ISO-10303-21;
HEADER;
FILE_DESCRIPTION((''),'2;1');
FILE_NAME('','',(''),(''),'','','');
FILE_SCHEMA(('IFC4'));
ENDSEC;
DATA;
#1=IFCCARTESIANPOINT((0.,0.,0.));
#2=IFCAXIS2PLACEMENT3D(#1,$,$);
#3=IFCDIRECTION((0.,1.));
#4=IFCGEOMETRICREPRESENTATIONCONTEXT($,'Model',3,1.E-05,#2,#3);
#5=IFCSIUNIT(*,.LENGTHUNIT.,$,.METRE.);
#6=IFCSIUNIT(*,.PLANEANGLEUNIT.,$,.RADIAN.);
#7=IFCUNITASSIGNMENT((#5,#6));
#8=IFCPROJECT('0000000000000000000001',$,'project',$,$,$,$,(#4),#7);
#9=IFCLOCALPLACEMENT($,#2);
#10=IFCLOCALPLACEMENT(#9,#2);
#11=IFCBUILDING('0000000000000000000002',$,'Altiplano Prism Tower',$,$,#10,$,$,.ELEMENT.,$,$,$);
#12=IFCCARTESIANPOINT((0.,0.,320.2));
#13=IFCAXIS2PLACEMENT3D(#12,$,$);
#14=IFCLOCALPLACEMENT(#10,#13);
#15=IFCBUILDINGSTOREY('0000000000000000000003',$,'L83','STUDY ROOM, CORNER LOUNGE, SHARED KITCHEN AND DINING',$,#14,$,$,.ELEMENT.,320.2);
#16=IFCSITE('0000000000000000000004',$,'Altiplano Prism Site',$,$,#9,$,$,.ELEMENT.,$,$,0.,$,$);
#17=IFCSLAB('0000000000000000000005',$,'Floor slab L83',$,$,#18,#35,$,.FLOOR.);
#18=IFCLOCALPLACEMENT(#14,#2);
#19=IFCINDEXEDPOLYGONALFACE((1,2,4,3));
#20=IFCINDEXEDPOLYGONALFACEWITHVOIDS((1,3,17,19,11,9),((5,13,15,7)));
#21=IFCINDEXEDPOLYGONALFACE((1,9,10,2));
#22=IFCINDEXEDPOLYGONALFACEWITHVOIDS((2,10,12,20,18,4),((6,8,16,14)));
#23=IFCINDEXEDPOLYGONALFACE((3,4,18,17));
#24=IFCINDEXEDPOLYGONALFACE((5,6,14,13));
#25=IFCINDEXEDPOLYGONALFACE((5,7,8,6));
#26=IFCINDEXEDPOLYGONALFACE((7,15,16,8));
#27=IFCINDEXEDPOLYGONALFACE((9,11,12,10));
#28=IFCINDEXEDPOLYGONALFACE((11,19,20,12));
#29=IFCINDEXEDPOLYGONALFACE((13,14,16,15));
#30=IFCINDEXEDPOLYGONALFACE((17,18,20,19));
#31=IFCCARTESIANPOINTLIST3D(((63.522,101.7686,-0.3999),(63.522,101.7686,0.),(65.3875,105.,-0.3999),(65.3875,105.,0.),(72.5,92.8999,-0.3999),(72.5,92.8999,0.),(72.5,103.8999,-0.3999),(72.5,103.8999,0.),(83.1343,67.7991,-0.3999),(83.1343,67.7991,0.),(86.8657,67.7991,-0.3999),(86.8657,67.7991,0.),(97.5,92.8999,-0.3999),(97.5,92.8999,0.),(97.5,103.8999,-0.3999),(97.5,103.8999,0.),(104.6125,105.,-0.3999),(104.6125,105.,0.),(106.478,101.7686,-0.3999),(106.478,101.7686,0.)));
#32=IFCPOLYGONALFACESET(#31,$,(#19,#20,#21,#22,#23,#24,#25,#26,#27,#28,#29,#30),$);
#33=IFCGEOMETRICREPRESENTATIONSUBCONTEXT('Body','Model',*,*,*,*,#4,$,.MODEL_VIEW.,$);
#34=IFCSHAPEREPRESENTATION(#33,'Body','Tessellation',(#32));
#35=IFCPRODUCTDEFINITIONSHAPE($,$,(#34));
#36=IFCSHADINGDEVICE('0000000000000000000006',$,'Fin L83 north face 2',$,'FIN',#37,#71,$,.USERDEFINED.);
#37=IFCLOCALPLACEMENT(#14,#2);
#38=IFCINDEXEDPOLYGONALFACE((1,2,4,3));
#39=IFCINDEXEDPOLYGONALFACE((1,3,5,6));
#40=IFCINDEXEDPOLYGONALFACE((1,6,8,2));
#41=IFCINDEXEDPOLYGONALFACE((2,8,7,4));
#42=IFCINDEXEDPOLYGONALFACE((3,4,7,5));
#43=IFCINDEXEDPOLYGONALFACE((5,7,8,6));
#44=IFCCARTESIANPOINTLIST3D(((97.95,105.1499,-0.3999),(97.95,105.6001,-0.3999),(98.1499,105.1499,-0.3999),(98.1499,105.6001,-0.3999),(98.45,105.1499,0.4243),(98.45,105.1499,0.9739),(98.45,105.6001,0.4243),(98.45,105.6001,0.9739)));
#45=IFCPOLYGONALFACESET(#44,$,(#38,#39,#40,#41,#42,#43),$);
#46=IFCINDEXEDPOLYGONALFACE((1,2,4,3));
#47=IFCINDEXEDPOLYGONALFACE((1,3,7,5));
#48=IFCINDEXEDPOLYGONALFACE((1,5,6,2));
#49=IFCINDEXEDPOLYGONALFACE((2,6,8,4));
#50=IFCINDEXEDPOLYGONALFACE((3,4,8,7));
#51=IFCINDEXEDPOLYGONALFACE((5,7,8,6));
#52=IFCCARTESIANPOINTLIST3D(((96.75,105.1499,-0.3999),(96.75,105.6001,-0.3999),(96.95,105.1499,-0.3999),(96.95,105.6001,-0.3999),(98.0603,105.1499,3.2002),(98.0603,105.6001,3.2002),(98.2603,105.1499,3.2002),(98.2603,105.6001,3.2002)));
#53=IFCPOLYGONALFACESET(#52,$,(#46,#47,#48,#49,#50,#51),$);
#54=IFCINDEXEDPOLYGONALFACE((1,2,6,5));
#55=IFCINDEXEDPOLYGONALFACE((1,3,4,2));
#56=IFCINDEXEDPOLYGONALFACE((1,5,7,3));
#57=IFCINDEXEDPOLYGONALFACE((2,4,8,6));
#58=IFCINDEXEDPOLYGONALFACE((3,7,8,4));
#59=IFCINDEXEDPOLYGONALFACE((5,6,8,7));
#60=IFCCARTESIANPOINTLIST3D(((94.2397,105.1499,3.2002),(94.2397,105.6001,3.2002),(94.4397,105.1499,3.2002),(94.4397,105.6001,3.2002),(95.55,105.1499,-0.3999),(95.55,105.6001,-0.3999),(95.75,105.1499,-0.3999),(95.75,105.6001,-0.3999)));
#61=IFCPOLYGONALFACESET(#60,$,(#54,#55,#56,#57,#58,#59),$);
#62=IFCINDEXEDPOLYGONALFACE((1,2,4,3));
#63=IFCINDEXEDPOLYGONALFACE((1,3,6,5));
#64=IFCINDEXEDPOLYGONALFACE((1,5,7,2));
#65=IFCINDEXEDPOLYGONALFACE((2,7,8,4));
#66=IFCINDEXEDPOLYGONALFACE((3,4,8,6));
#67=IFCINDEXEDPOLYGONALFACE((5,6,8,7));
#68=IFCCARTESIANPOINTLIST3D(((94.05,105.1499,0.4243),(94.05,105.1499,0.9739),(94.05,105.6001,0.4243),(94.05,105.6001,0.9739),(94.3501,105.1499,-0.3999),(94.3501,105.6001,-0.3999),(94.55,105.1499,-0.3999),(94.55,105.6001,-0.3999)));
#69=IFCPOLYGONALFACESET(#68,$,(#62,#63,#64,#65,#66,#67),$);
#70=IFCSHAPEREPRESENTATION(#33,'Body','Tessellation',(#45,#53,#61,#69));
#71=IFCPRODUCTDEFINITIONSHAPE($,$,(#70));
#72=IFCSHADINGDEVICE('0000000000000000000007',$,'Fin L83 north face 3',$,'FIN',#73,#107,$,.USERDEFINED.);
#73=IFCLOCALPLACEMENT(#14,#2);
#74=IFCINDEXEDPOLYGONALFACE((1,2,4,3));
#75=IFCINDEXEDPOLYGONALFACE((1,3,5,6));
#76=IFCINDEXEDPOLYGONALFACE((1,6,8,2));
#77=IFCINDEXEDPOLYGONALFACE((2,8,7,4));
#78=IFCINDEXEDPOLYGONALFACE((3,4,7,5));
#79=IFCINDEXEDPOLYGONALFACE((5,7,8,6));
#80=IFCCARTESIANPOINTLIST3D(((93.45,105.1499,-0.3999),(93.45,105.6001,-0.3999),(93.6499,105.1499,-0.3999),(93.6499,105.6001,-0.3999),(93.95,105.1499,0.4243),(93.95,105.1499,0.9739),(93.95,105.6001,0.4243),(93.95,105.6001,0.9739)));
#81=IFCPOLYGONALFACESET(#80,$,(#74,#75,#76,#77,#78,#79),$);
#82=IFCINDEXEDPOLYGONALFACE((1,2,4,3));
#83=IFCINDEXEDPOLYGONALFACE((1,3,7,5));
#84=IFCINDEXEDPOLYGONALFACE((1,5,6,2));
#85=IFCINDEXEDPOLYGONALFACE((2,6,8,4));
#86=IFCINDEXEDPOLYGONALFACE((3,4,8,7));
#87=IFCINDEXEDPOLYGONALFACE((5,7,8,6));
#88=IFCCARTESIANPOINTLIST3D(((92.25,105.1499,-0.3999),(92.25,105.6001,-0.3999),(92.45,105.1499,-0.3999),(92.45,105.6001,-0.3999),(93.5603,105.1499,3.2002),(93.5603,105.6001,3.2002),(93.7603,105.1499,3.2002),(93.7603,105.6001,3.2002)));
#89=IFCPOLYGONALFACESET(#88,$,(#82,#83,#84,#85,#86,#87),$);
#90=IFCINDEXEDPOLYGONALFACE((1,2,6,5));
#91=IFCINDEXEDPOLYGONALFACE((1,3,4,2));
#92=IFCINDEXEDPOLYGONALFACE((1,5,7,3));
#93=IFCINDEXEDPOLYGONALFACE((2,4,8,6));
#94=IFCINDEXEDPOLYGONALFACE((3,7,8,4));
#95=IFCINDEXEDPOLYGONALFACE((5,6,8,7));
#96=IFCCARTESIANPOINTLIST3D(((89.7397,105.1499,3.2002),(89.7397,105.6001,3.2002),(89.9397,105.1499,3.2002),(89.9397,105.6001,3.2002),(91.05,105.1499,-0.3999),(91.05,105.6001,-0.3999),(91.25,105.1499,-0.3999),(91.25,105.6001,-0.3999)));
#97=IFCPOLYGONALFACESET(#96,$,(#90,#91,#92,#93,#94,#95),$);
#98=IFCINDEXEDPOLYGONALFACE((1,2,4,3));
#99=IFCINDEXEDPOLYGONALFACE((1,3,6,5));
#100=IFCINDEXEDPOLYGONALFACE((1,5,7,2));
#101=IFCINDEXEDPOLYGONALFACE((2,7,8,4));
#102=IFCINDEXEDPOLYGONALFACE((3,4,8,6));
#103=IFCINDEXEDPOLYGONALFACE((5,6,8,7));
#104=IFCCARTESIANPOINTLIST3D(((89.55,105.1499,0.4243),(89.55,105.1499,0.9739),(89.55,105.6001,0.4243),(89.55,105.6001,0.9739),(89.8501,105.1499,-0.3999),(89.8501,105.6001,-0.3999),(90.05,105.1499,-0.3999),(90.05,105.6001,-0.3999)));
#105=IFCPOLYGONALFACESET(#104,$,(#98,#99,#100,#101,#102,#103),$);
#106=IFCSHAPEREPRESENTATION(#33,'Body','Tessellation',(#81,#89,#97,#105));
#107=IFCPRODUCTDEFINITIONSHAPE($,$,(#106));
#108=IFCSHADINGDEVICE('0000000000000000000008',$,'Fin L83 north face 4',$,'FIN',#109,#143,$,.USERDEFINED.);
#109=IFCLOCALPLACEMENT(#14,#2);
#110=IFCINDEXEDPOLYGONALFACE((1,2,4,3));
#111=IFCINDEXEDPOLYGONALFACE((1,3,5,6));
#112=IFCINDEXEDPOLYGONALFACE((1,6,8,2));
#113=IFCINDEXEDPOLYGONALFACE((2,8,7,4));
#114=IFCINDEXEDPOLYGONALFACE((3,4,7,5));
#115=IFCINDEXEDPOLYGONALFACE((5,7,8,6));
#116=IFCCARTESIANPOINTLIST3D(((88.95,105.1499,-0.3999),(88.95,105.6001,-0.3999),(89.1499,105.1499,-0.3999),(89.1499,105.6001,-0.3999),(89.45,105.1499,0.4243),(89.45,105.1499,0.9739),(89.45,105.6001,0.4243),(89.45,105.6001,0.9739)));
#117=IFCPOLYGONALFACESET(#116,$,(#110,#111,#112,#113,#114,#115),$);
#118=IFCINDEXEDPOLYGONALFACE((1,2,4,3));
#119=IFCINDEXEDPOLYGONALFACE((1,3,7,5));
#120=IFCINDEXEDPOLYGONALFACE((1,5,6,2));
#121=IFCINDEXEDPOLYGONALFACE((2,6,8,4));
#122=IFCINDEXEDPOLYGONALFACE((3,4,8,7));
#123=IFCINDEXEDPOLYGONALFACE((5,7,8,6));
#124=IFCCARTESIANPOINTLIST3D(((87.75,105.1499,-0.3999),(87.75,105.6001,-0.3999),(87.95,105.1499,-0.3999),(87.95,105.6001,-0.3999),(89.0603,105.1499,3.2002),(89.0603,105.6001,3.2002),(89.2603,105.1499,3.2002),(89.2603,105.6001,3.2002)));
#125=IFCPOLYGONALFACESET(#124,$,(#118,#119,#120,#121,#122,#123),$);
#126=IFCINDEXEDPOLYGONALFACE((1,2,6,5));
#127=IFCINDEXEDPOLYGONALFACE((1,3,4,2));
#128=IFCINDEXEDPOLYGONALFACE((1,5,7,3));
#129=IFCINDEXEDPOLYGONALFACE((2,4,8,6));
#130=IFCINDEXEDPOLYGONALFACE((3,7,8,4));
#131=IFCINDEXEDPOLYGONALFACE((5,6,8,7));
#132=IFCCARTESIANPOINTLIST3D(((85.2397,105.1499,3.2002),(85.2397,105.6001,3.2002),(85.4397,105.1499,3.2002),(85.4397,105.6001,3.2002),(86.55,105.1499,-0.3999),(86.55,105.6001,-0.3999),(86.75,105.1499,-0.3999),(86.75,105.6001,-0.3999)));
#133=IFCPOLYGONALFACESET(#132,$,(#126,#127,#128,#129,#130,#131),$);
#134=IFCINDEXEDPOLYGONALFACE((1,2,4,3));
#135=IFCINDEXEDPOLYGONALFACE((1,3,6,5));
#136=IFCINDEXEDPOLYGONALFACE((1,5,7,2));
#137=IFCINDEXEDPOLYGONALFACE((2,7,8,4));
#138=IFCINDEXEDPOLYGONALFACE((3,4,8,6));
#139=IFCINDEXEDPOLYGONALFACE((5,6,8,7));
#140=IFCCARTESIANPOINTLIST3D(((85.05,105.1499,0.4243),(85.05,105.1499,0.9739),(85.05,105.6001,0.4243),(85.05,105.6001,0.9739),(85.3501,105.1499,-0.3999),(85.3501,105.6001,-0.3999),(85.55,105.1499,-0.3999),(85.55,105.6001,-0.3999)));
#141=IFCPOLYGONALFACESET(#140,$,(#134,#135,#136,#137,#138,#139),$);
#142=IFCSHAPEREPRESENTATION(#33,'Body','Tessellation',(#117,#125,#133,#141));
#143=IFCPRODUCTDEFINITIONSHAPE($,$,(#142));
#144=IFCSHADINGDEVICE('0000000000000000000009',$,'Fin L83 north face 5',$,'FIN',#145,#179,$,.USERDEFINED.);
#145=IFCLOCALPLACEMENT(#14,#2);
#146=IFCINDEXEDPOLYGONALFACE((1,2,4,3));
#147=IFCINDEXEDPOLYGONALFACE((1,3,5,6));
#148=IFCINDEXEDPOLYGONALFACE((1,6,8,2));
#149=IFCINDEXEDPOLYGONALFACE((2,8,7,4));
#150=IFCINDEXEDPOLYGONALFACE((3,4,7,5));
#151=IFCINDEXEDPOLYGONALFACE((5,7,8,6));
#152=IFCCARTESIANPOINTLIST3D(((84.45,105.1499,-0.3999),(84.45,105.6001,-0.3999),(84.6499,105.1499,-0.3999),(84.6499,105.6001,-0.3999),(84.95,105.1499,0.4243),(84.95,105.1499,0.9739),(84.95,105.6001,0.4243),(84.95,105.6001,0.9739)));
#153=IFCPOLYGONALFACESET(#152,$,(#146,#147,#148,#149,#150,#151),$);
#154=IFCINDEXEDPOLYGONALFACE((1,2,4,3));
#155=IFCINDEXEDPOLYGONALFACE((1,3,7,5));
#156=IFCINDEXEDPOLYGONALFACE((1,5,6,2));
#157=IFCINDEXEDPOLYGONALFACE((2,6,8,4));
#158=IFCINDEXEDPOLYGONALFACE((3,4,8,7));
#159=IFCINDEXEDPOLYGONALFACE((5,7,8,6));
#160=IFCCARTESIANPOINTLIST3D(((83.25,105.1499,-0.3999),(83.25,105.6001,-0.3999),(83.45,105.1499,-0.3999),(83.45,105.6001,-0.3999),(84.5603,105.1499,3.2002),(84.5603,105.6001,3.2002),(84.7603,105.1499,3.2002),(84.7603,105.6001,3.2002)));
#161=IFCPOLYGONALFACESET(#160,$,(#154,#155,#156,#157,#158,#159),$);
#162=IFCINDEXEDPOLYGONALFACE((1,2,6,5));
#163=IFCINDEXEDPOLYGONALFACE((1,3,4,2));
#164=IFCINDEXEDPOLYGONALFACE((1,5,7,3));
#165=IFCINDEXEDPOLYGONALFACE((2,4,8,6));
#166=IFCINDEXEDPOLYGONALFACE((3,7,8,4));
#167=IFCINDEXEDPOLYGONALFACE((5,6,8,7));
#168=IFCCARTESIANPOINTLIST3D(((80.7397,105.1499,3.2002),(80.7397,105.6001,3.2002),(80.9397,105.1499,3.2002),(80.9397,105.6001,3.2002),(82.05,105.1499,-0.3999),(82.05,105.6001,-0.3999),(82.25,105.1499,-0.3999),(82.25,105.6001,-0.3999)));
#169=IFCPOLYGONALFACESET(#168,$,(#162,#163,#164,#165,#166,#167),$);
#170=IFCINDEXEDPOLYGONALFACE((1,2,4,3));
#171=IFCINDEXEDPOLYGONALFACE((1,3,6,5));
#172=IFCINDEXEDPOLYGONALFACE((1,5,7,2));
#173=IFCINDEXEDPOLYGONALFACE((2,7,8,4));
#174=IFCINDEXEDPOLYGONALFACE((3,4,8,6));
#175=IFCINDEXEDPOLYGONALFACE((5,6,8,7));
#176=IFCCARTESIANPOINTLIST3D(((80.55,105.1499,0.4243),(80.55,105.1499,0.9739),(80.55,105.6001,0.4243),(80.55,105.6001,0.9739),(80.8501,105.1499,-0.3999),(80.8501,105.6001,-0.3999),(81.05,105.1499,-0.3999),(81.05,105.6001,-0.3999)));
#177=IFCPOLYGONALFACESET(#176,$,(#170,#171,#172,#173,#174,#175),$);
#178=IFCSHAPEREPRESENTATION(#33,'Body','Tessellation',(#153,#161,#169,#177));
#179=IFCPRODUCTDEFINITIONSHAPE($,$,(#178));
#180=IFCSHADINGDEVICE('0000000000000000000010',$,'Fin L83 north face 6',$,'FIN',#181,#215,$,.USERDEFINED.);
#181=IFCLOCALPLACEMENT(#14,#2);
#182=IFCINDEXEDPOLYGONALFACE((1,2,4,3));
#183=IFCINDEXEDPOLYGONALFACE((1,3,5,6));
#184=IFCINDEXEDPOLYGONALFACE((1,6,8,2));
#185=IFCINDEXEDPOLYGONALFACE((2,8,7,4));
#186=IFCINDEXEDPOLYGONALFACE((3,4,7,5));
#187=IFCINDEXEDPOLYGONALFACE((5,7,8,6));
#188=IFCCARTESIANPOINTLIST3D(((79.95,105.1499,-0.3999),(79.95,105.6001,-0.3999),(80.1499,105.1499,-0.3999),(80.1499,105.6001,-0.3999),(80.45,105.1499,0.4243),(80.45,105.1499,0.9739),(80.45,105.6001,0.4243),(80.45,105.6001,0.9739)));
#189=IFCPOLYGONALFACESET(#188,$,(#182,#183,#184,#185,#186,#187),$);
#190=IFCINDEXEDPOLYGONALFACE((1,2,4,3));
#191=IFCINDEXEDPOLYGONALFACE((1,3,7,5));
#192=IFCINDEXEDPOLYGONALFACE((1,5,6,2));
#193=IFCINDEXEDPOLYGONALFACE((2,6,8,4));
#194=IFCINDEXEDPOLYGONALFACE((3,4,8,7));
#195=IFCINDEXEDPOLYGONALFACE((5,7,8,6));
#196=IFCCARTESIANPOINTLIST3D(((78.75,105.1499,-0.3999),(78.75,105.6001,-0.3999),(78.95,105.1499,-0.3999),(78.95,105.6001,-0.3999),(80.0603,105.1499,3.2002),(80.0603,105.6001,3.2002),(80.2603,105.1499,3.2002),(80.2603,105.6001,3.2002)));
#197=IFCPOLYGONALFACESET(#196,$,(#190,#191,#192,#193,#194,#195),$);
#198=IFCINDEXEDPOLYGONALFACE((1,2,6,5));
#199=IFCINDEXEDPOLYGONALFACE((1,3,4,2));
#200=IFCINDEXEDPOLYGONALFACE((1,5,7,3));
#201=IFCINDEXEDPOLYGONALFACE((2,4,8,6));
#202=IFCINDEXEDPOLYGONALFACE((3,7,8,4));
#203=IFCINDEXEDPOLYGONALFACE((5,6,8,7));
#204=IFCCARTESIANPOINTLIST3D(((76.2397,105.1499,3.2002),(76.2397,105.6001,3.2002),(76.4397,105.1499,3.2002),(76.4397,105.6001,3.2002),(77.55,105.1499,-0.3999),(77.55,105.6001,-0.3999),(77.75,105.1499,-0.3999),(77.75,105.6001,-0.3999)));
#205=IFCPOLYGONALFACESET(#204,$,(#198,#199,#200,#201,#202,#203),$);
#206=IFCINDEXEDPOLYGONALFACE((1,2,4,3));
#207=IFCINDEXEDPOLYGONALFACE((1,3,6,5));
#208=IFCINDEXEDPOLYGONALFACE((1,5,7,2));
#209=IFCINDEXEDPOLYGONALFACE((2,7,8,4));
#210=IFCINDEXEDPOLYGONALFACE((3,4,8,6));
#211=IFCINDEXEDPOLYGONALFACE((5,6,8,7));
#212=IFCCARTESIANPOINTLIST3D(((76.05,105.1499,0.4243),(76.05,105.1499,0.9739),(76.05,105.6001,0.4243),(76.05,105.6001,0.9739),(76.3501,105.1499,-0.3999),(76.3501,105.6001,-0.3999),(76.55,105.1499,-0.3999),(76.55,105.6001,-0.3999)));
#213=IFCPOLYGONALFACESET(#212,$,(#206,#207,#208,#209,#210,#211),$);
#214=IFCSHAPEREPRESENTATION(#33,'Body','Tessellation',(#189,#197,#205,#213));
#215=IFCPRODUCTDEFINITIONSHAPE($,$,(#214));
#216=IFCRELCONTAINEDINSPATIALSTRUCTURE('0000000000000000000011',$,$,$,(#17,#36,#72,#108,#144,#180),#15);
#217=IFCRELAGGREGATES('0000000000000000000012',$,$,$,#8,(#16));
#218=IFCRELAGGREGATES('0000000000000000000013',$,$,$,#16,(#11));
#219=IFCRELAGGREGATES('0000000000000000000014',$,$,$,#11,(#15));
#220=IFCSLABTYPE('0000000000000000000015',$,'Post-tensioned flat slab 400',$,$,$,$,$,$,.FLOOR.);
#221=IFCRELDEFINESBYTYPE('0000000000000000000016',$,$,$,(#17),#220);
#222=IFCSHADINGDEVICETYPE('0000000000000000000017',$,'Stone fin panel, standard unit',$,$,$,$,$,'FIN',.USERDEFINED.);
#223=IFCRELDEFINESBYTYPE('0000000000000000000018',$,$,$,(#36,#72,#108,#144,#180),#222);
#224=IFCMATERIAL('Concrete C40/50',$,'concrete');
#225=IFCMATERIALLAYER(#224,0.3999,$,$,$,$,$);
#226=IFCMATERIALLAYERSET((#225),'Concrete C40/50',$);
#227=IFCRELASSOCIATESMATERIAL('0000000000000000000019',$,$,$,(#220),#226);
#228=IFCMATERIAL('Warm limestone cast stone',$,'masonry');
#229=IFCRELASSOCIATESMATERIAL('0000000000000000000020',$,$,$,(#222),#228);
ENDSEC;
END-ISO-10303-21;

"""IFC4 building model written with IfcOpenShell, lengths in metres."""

from ifc_helpers import new_model, si_unit, direction, frame, origin, place, context, subcontext, project, spatial, polyline, outline, extrude, source, transform, mapped, material, layer, layer_set, type_object, element, save


model = new_model("IFC4")

# Units and contexts
model_context = context("Model", 3, precision=1e-05, world=origin(), true_north=direction((0.0, 1.0)))
body_context = subcontext(model_context, "Body", "Model", "MODEL_VIEW")
ifc_project = project(units=[si_unit("LENGTHUNIT", "METRE"), si_unit("PLANEANGLEUNIT", "RADIAN")], contexts=[model_context])

# Site, building, storey
site_placement = place(None, origin())
site = spatial("IfcSite", under=ifc_project, at=site_placement, Name="Altiplano Prism Site", CompositionType="ELEMENT", RefElevation=0.0)
building_placement = place(site_placement, origin())
building = spatial("IfcBuilding", under=site, at=building_placement, Name="Altiplano Prism Tower", CompositionType="ELEMENT")
storey_placement = place(building_placement, frame((0.0, 0.0, 320.2)))
storey = spatial("IfcBuildingStorey", under=building, at=storey_placement, Name="L83", Description="STUDY ROOM, CORNER LOUNGE, SHARED KITCHEN AND DINING", CompositionType="ELEMENT", Elevation=320.2)

# Slab
ifc_material_1 = material(Name="Concrete C40/50", Category="concrete")
ifc_layer = layer(ifc_material_1, 0.3999)
ifc_layer_set = layer_set([ifc_layer], Name="Concrete C40/50")
slab_type = type_object("IfcSlabType", Name="Post-tensioned flat slab 400", PredefinedType="FLOOR", material=ifc_layer_set)
slab_placement = place(storey_placement, frame((0.0, 0.0, -0.3999)))
element("IfcSlab", 1, at=slab_placement, inside=storey, type_object=slab_type, Name="Floor slab L83", PredefinedType="FLOOR", context=body_context, shape_type="SweptSolid", body=[
    extrude(outline(polyline([(106.478, 101.7686), (86.8657, 67.7991), (83.1343, 67.7991), (63.522, 101.7686), (65.3875, 105.0), (104.6125, 105.0), (106.478, 101.7686)]), holes=[polyline([(97.5, 92.8999), (97.5, 103.8999), (72.5, 103.8999), (72.5, 92.8999), (97.5, 92.8999)])]), origin(), (0.0, 0.0, 1.0), 0.3999),
])

# Shading devices
ifc_material_2 = material(Name="Warm limestone cast stone", Category="masonry")
shading_device_type_1 = type_object("IfcShadingDeviceType", Name="Stone fin panel, standard unit", ElementType="FIN", PredefinedType="USERDEFINED", material=ifc_material_2)
shared_shape_1 = source(origin(), body_context, "Body", "SweptSolid", [
    extrude(outline(polyline([(-2.2, 1.3738), (-2.2, 0.8242), (-1.8999, 0.0), (-1.7, 0.0), (-2.2, 1.3738)])), frame((0.0, -0.1499, 0.0), z_axis=(0.0, -1.0, 0.0), x_axis=(1.0, 0.0, 0.0)), (0.0, 0.0, 1.0), 0.4502),
    extrude(outline(polyline([(-2.0103, 3.6001), (-0.7, 0.0), (-0.5, 0.0), (-1.8103, 3.6001), (-2.0103, 3.6001)])), frame((0.0, -0.1499, 0.0), z_axis=(0.0, -1.0, 0.0), x_axis=(1.0, 0.0, 0.0)), (0.0, 0.0, 1.0), 0.4502),
    extrude(outline(polyline([(1.8103, 3.6001), (0.5, 0.0), (0.7, 0.0), (2.0103, 3.6001), (1.8103, 3.6001)])), frame((0.0, -0.1499, 0.0), z_axis=(0.0, -1.0, 0.0), x_axis=(1.0, 0.0, 0.0)), (0.0, 0.0, 1.0), 0.4502),
    extrude(outline(polyline([(2.2, 0.8242), (2.2, 1.3738), (1.7, 0.0), (1.8999, 0.0), (2.2, 0.8242)])), frame((0.0, -0.1499, 0.0), z_axis=(0.0, -1.0, 0.0), x_axis=(1.0, 0.0, 0.0)), (0.0, 0.0, 1.0), 0.4502),
])
shading_device_1_placement = place(storey_placement, origin())
element("IfcShadingDevice", 2, at=shading_device_1_placement, inside=storey, type_object=shading_device_type_1, Name="Fin L83 north face 2", ObjectType="FIN", PredefinedType="USERDEFINED", context=body_context, shape_type="MappedRepresentation", body=[
    mapped(shared_shape_1, transform((96.25, 105.0, -0.3999), x_axis=(-1.0, 0.0, 0.0), y_axis=(0.0, -1.0, 0.0), z_axis=(0.0, 0.0, 1.0))),
])
shading_device_2_placement = place(storey_placement, origin())
element("IfcShadingDevice", 3, at=shading_device_2_placement, inside=storey, type_object=shading_device_type_1, Name="Fin L83 north face 3", ObjectType="FIN", PredefinedType="USERDEFINED", context=body_context, shape_type="MappedRepresentation", body=[
    mapped(shared_shape_1, transform((91.75, 105.0, -0.3999), x_axis=(-1.0, 0.0, 0.0), y_axis=(0.0, -1.0, 0.0), z_axis=(0.0, 0.0, 1.0))),
])
shading_device_3_placement = place(storey_placement, origin())
element("IfcShadingDevice", 4, at=shading_device_3_placement, inside=storey, type_object=shading_device_type_1, Name="Fin L83 north face 4", ObjectType="FIN", PredefinedType="USERDEFINED", context=body_context, shape_type="MappedRepresentation", body=[
    mapped(shared_shape_1, transform((87.25, 105.0, -0.3999), x_axis=(-1.0, 0.0, 0.0), y_axis=(0.0, -1.0, 0.0), z_axis=(0.0, 0.0, 1.0))),
])
shading_device_4_placement = place(storey_placement, origin())
element("IfcShadingDevice", 5, at=shading_device_4_placement, inside=storey, type_object=shading_device_type_1, Name="Fin L83 north face 5", ObjectType="FIN", PredefinedType="USERDEFINED", context=body_context, shape_type="MappedRepresentation", body=[
    mapped(shared_shape_1, transform((82.75, 105.0, -0.3999), x_axis=(-1.0, 0.0, 0.0), y_axis=(0.0, -1.0, 0.0), z_axis=(0.0, 0.0, 1.0))),
])
shading_device_5_placement = place(storey_placement, origin())
element("IfcShadingDevice", 6, at=shading_device_5_placement, inside=storey, type_object=shading_device_type_1, Name="Fin L83 north face 6", ObjectType="FIN", PredefinedType="USERDEFINED", context=body_context, shape_type="MappedRepresentation", body=[
    mapped(shared_shape_1, transform((78.25, 105.0, -0.3999), x_axis=(-1.0, 0.0, 0.0), y_axis=(0.0, -1.0, 0.0), z_axis=(0.0, 0.0, 1.0))),
])

save(model, "model.ifc")
